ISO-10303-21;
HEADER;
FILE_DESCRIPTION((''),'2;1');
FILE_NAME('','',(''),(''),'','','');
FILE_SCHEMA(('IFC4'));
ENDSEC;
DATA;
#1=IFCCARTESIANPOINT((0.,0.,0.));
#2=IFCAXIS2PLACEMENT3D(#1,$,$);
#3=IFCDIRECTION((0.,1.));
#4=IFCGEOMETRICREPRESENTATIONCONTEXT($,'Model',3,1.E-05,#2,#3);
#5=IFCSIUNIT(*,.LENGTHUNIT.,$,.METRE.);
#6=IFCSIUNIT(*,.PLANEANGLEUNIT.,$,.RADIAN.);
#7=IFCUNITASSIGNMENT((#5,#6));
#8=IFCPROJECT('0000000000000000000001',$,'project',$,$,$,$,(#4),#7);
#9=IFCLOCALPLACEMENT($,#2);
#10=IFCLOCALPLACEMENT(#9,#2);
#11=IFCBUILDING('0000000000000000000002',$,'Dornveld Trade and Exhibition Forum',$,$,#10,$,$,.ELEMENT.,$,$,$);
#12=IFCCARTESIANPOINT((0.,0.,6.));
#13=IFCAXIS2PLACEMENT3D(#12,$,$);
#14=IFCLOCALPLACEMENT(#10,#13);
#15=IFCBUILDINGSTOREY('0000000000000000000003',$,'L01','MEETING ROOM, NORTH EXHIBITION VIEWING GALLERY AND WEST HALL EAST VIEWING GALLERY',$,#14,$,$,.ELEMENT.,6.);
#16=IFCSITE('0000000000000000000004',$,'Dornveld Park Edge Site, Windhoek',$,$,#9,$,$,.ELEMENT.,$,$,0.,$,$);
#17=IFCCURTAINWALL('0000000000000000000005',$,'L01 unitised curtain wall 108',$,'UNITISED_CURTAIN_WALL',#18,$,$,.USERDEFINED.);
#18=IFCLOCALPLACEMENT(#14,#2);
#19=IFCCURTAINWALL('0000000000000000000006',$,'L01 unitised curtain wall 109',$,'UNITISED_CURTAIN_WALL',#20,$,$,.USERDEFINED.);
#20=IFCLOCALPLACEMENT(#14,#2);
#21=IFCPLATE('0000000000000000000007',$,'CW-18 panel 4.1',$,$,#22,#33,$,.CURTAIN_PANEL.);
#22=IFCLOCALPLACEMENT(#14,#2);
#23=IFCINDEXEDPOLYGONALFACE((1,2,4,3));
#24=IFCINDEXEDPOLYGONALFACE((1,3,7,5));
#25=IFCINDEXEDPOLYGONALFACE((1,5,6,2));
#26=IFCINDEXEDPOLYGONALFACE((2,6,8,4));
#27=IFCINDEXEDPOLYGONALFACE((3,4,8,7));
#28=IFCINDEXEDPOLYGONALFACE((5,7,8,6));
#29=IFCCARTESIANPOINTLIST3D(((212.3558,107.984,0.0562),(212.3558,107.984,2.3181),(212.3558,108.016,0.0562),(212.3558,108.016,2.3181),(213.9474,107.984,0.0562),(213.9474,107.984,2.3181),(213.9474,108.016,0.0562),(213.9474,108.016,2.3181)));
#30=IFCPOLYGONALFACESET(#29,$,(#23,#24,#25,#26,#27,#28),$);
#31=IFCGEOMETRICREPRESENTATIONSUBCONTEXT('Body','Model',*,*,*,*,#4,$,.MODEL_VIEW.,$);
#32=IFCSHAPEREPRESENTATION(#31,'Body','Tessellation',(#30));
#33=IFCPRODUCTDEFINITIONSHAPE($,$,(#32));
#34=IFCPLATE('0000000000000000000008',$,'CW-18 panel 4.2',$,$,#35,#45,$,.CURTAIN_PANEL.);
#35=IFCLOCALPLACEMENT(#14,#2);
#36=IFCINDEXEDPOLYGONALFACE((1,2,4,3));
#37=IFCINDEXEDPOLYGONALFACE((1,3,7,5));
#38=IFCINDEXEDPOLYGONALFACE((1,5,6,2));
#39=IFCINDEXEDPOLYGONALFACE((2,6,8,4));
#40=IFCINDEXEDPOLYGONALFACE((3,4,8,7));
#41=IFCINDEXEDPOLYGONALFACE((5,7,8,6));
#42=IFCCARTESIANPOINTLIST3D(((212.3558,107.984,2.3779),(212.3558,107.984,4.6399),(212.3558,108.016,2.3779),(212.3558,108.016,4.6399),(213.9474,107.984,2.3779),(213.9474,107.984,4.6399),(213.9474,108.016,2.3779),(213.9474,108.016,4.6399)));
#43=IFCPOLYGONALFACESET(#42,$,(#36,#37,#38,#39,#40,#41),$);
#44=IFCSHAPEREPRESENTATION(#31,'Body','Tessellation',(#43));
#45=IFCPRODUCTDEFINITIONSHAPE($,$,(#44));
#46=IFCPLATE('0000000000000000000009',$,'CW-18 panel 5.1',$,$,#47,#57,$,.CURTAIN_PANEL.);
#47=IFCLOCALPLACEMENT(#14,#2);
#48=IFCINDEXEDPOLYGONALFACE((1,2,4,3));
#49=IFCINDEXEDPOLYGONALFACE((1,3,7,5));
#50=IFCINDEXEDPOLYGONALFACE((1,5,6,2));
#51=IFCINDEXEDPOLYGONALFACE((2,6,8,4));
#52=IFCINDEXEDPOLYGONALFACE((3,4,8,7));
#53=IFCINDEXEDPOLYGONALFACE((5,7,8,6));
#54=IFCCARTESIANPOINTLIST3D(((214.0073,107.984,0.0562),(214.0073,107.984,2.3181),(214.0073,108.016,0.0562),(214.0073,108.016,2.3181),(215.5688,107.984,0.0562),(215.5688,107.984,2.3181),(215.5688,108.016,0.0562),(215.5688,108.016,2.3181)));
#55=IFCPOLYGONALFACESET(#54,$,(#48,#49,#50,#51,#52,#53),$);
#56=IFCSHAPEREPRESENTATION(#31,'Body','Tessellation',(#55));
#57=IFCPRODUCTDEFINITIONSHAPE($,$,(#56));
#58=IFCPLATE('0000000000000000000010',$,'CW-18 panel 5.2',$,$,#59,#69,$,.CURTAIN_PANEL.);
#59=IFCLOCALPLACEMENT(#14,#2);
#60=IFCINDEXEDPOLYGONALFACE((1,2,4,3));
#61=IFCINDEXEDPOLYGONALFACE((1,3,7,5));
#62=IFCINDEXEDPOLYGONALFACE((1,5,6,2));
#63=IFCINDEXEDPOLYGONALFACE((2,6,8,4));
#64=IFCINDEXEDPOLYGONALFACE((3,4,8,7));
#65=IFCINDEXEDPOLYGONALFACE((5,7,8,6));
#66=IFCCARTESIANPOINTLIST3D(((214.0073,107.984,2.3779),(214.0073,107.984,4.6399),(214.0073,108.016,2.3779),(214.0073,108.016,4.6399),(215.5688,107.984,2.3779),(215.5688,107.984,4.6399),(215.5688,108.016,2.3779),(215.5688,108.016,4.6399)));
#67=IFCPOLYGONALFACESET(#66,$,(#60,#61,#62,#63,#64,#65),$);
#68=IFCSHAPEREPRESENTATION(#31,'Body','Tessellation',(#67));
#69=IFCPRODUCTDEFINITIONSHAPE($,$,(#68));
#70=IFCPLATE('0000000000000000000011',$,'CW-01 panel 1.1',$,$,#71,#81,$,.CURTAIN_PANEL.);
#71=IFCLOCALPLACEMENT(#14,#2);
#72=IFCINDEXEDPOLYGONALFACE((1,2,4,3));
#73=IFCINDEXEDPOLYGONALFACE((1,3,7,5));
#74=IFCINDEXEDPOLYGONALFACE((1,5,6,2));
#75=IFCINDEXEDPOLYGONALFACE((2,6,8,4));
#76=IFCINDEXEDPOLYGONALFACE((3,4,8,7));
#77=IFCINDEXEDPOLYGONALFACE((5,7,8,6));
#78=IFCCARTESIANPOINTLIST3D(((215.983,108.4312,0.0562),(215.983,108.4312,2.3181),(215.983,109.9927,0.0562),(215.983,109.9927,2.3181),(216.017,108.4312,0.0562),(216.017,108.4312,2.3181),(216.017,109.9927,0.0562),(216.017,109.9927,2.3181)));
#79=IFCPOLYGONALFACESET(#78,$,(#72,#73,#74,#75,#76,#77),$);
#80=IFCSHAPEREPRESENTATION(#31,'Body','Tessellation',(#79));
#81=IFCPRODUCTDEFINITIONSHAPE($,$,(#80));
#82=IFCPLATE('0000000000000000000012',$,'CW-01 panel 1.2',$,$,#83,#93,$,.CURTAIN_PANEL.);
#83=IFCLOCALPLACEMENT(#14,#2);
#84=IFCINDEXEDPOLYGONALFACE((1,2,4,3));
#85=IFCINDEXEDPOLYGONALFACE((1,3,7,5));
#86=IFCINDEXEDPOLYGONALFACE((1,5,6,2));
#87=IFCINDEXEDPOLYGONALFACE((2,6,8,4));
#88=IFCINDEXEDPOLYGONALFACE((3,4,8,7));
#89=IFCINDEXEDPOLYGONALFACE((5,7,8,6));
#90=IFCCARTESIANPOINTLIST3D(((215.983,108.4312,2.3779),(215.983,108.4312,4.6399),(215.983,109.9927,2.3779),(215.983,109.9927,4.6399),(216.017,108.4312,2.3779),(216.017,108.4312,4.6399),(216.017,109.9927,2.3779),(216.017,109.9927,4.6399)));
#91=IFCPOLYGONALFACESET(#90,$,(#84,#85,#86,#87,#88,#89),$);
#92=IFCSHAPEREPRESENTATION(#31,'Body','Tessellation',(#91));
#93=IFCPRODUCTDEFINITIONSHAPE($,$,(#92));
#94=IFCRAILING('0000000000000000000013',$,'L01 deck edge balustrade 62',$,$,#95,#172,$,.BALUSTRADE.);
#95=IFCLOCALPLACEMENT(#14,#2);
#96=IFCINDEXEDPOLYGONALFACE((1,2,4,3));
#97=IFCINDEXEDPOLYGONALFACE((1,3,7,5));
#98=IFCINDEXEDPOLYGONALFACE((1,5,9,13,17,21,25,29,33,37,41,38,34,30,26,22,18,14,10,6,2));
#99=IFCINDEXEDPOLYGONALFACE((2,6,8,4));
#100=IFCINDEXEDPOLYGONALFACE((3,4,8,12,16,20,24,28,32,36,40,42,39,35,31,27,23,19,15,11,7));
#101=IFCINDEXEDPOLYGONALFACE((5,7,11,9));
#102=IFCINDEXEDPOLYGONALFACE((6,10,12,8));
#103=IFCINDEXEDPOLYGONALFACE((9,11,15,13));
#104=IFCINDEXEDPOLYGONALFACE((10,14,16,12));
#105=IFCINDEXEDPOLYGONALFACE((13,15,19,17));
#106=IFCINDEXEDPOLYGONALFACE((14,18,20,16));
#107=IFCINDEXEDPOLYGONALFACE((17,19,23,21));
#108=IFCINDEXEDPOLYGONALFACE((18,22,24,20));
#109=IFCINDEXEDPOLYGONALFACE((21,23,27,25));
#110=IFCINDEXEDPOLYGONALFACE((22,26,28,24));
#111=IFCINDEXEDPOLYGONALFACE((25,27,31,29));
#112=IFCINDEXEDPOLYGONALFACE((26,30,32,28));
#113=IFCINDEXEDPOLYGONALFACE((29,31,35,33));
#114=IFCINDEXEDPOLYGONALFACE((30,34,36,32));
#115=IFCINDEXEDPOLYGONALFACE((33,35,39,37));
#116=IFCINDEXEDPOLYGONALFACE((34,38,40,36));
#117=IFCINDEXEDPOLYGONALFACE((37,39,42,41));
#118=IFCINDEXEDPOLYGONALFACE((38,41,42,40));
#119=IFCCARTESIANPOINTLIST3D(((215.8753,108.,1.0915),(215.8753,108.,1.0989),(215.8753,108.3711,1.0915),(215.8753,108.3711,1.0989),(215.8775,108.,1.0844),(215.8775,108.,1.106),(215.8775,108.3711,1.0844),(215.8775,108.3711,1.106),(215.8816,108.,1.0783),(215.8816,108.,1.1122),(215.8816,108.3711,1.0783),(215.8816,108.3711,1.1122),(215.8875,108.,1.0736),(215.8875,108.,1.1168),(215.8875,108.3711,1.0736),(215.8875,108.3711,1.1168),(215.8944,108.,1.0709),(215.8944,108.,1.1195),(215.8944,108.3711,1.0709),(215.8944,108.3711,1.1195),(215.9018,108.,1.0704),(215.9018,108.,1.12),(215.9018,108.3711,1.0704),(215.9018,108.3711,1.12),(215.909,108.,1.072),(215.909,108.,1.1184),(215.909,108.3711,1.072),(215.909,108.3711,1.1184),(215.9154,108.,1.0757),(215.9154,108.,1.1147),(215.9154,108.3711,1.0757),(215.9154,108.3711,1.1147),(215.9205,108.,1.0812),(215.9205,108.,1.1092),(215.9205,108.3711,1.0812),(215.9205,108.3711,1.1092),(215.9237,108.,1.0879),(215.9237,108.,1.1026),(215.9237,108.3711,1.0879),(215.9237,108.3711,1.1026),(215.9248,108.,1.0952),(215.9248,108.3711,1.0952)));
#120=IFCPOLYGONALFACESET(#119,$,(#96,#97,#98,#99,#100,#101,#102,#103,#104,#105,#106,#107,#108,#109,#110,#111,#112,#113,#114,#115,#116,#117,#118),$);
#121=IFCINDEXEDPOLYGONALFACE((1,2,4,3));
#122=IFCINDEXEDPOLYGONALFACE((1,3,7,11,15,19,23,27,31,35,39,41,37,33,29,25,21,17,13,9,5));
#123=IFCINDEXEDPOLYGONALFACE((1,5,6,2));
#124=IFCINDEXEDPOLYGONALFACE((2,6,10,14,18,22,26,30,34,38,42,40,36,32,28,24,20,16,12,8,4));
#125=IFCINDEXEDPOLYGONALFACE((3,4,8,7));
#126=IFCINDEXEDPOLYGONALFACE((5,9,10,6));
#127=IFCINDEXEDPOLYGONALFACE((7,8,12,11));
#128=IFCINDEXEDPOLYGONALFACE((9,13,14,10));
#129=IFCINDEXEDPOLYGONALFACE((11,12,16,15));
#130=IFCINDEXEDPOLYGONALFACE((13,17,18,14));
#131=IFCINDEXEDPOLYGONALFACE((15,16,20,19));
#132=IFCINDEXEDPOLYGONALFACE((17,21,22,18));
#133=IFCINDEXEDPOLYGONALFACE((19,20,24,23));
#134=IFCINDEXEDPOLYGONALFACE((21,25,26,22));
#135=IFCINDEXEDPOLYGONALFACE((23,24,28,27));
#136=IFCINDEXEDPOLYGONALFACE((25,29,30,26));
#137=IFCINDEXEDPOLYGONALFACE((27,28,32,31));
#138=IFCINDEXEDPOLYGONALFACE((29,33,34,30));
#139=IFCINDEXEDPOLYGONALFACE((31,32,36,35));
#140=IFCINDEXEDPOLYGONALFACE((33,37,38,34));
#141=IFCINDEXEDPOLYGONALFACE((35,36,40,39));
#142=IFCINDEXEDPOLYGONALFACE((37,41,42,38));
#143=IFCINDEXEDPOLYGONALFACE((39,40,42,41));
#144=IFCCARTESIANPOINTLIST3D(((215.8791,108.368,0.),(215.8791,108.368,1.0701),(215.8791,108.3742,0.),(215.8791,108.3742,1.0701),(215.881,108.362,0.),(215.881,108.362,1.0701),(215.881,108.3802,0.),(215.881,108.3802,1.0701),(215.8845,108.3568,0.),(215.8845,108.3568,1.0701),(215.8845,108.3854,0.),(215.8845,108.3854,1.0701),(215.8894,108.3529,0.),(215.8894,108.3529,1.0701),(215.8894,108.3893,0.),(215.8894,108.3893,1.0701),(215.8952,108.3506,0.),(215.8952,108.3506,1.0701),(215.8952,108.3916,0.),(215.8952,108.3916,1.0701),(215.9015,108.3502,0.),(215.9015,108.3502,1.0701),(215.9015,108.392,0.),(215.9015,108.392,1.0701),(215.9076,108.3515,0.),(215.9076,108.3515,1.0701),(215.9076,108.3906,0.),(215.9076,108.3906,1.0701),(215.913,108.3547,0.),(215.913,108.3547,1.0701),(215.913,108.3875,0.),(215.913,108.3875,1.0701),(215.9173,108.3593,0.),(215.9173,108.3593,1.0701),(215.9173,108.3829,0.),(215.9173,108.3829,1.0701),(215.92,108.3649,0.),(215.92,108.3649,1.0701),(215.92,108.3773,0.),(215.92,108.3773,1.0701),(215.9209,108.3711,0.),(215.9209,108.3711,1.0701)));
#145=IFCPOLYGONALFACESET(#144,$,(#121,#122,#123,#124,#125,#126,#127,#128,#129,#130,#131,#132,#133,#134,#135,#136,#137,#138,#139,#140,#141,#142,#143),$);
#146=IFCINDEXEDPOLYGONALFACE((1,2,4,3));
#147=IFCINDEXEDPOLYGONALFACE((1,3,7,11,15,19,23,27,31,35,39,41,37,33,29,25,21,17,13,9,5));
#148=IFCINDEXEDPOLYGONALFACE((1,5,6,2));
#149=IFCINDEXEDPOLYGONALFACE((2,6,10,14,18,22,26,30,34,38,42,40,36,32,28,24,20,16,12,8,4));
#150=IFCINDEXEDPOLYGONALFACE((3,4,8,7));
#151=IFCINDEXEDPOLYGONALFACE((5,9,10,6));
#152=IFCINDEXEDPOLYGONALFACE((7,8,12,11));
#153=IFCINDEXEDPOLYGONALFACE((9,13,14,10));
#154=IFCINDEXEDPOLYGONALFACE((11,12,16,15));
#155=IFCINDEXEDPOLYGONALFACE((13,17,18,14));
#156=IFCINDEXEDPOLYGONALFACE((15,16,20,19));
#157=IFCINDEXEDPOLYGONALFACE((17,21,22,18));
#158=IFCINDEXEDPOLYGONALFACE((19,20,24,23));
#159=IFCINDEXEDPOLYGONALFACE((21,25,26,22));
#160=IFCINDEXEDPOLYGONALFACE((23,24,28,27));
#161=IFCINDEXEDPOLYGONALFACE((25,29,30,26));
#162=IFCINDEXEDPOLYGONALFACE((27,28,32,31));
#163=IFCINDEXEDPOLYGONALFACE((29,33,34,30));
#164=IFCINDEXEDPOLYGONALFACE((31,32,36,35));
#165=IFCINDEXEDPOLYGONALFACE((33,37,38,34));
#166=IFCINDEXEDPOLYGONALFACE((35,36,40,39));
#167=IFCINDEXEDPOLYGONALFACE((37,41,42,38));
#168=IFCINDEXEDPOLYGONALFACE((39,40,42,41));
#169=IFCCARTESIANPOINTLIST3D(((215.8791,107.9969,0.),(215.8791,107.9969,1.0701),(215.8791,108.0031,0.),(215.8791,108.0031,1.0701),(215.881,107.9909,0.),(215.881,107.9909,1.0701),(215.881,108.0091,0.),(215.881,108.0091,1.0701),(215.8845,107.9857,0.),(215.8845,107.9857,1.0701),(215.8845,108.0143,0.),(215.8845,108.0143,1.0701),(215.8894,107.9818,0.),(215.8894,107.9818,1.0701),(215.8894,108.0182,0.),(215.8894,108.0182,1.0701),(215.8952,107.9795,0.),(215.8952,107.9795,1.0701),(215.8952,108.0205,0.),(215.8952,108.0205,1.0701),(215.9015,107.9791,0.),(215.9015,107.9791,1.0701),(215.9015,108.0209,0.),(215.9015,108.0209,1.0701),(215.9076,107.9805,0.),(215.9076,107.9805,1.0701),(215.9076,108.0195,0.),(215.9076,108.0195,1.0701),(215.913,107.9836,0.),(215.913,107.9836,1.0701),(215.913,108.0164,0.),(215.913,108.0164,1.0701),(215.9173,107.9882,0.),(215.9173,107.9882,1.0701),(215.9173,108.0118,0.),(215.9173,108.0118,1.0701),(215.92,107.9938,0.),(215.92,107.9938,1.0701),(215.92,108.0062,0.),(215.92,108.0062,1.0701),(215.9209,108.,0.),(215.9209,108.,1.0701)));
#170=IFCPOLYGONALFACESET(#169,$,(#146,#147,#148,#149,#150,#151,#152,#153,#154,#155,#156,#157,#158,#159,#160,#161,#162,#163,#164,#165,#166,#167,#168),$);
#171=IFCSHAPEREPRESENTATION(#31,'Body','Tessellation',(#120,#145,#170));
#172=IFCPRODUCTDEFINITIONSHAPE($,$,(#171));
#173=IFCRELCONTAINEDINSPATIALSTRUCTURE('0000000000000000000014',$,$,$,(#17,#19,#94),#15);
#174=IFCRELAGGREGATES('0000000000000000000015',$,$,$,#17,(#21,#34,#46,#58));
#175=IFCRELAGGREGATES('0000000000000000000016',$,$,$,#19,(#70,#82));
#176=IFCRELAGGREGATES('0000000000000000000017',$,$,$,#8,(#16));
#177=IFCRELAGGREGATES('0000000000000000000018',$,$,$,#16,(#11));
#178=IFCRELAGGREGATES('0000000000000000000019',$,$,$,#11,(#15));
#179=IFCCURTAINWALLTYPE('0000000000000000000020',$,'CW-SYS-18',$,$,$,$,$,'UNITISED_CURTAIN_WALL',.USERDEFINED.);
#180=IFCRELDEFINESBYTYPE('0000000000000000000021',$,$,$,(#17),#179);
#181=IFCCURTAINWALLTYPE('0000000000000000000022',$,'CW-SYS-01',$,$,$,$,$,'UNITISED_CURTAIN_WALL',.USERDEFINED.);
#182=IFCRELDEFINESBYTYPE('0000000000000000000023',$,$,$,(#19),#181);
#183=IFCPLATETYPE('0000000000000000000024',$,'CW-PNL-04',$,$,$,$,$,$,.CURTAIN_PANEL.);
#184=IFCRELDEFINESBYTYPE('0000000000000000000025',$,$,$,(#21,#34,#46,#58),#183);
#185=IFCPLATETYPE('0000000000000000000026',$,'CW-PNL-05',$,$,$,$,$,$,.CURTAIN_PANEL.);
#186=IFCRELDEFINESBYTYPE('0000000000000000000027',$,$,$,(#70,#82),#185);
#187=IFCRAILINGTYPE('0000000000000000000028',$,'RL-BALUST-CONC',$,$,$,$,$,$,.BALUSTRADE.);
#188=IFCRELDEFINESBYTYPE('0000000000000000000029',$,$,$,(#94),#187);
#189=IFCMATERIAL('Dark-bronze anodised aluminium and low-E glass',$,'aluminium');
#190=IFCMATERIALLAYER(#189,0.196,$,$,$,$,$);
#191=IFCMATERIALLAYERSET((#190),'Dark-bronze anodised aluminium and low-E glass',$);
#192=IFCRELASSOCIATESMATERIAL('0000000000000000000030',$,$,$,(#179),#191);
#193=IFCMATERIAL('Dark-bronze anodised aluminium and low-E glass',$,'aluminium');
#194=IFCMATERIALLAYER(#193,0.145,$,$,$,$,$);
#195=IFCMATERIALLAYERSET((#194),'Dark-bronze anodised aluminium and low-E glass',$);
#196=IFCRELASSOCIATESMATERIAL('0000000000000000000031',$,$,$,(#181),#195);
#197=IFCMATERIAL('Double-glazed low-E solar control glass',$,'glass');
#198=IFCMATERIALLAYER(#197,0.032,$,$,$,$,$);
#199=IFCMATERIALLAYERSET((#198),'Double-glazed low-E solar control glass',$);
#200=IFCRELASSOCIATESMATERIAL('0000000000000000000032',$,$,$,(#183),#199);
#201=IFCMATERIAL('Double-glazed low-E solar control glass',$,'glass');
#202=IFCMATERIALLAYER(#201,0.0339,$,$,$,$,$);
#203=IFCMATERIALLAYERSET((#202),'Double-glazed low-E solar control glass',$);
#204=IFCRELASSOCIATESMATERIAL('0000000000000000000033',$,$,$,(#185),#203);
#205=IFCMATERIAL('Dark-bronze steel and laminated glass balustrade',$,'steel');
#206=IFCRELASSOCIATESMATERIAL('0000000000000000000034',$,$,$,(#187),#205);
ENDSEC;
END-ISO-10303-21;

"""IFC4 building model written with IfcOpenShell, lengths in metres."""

from ifc_helpers import new_model, si_unit, direction, frame, origin, origin_2d, place, context, subcontext, project, spatial, rectangle, circle, extrude, material, layer, layer_set, type_object, element, aggregate, save


model = new_model("IFC4")

# Units and contexts
model_context = context("Model", 3, precision=1e-05, world=origin(), true_north=direction((0.0, 1.0)))
body_context = subcontext(model_context, "Body", "Model", "MODEL_VIEW")
ifc_project = project(units=[si_unit("LENGTHUNIT", "METRE"), si_unit("PLANEANGLEUNIT", "RADIAN")], contexts=[model_context])

# Site, building, storey
site_placement = place(None, origin())
site = spatial("IfcSite", under=ifc_project, at=site_placement, Name="Dornveld Park Edge Site, Windhoek", CompositionType="ELEMENT", RefElevation=0.0)
building_placement = place(site_placement, origin())
building = spatial("IfcBuilding", under=site, at=building_placement, Name="Dornveld Trade and Exhibition Forum", CompositionType="ELEMENT")
storey_placement = place(building_placement, frame((0.0, 0.0, 6.0)))
storey = spatial("IfcBuildingStorey", under=building, at=storey_placement, Name="L01", Description="MEETING ROOM, NORTH EXHIBITION VIEWING GALLERY AND WEST HALL EAST VIEWING GALLERY", CompositionType="ELEMENT", Elevation=6.0)

# Curtain wall
ifc_material_1 = material(Name="Dark-bronze anodised aluminium and low-E glass", Category="aluminium")
ifc_layer_1 = layer(ifc_material_1, 0.196)
ifc_layer_set_1 = layer_set([ifc_layer_1], Name="Dark-bronze anodised aluminium and low-E glass")
curtain_wall_type_1 = type_object("IfcCurtainWallType", Name="CW-SYS-18", ElementType="UNITISED_CURTAIN_WALL", PredefinedType="USERDEFINED", material=ifc_layer_set_1)
curtain_wall_1_placement = place(storey_placement, origin())
curtain_wall_1 = element("IfcCurtainWall", 1, at=curtain_wall_1_placement, inside=storey, type_object=curtain_wall_type_1, Name="L01 unitised curtain wall 108", ObjectType="UNITISED_CURTAIN_WALL", PredefinedType="USERDEFINED")

# Curtain wall
ifc_material_2 = material(Name="Dark-bronze anodised aluminium and low-E glass", Category="aluminium")
ifc_layer_2 = layer(ifc_material_2, 0.145)
ifc_layer_set_2 = layer_set([ifc_layer_2], Name="Dark-bronze anodised aluminium and low-E glass")
curtain_wall_type_2 = type_object("IfcCurtainWallType", Name="CW-SYS-01", ElementType="UNITISED_CURTAIN_WALL", PredefinedType="USERDEFINED", material=ifc_layer_set_2)
curtain_wall_2_placement = place(storey_placement, origin())
curtain_wall_2 = element("IfcCurtainWall", 2, at=curtain_wall_2_placement, inside=storey, type_object=curtain_wall_type_2, Name="L01 unitised curtain wall 109", ObjectType="UNITISED_CURTAIN_WALL", PredefinedType="USERDEFINED")

# Plates
ifc_material_3 = material(Name="Double-glazed low-E solar control glass", Category="glass")
ifc_layer_3 = layer(ifc_material_3, 0.032)
ifc_layer_set_3 = layer_set([ifc_layer_3], Name="Double-glazed low-E solar control glass")
plate_type_1 = type_object("IfcPlateType", Name="CW-PNL-04", PredefinedType="CURTAIN_PANEL", material=ifc_layer_set_3)
plate_1_placement = place(storey_placement, frame((213.1516, 108.0, 0.0562), z_axis=(0.0, 0.0, 1.0), x_axis=(1.0, 0.0, 0.0)))
plate_1 = element("IfcPlate", 3, at=plate_1_placement, type_object=plate_type_1, Name="CW-18 panel 4.1", PredefinedType="CURTAIN_PANEL", context=body_context, shape_type="SweptSolid", body=[
    extrude(rectangle(XDim=1.5916, YDim=0.032, at=origin_2d()), origin(), (0.0, 0.0, 1.0), 2.262),
])
plate_2_placement = place(storey_placement, frame((213.1516, 108.0, 2.3779), z_axis=(0.0, 0.0, 1.0), x_axis=(1.0, 0.0, 0.0)))
plate_2 = element("IfcPlate", 4, at=plate_2_placement, type_object=plate_type_1, Name="CW-18 panel 4.2", PredefinedType="CURTAIN_PANEL", context=body_context, shape_type="SweptSolid", body=[
    extrude(rectangle(XDim=1.5916, YDim=0.032, at=origin_2d()), origin(), (0.0, 0.0, 1.0), 2.262),
])
plate_3_placement = place(storey_placement, frame((214.7881, 108.0, 0.0562), z_axis=(0.0, 0.0, 1.0), x_axis=(1.0, 0.0, 0.0)))
plate_3 = element("IfcPlate", 5, at=plate_3_placement, type_object=plate_type_1, Name="CW-18 panel 5.1", PredefinedType="CURTAIN_PANEL", context=body_context, shape_type="SweptSolid", body=[
    extrude(rectangle(XDim=1.5615, YDim=0.032, at=origin_2d()), origin(), (0.0, 0.0, 1.0), 2.262),
])
plate_4_placement = place(storey_placement, frame((214.7881, 108.0, 2.3779), z_axis=(0.0, 0.0, 1.0), x_axis=(1.0, 0.0, 0.0)))
plate_4 = element("IfcPlate", 6, at=plate_4_placement, type_object=plate_type_1, Name="CW-18 panel 5.2", PredefinedType="CURTAIN_PANEL", context=body_context, shape_type="SweptSolid", body=[
    extrude(rectangle(XDim=1.5615, YDim=0.032, at=origin_2d()), origin(), (0.0, 0.0, 1.0), 2.262),
])
aggregate(curtain_wall_1, [plate_1, plate_2, plate_3, plate_4])
ifc_material_4 = material(Name="Double-glazed low-E solar control glass", Category="glass")
ifc_layer_4 = layer(ifc_material_4, 0.0339)
ifc_layer_set_4 = layer_set([ifc_layer_4], Name="Double-glazed low-E solar control glass")
plate_type_2 = type_object("IfcPlateType", Name="CW-PNL-05", PredefinedType="CURTAIN_PANEL", material=ifc_layer_set_4)
plate_5_placement = place(storey_placement, frame((216.0, 109.2119, 0.0562), z_axis=(0.0, 0.0, 1.0), x_axis=(0.0, 1.0, 0.0)))
plate_5 = element("IfcPlate", 7, at=plate_5_placement, type_object=plate_type_2, Name="CW-01 panel 1.1", PredefinedType="CURTAIN_PANEL", context=body_context, shape_type="SweptSolid", body=[
    extrude(rectangle(XDim=1.5615, YDim=0.0339, at=origin_2d()), origin(), (0.0, 0.0, 1.0), 2.262),
])
plate_6_placement = place(storey_placement, frame((216.0, 109.2119, 2.3779), z_axis=(0.0, 0.0, 1.0), x_axis=(0.0, 1.0, 0.0)))
plate_6 = element("IfcPlate", 8, at=plate_6_placement, type_object=plate_type_2, Name="CW-01 panel 1.2", PredefinedType="CURTAIN_PANEL", context=body_context, shape_type="SweptSolid", body=[
    extrude(rectangle(XDim=1.5615, YDim=0.0339, at=origin_2d()), origin(), (0.0, 0.0, 1.0), 2.262),
])
aggregate(curtain_wall_2, [plate_5, plate_6])

# Railing
ifc_material_5 = material(Name="Dark-bronze steel and laminated glass balustrade", Category="steel")
railing_type = type_object("IfcRailingType", Name="RL-BALUST-CONC", PredefinedType="BALUSTRADE", material=ifc_material_5)
railing_1_placement = place(storey_placement, frame((215.8999, 108.3711, 0.0)))
element("IfcRailing", 9, at=railing_1_placement, inside=storey, type_object=railing_type, Name="L01 deck edge balustrade 62", PredefinedType="BALUSTRADE", context=body_context, shape_type="SweptSolid", body=[
    extrude(circle(Radius=0.0249, at=origin_2d()), frame((0.0, 0.0, 1.0952), z_axis=(0.0, -1.0, 0.0), x_axis=(1.0, 0.0, 0.0)), (0.0, 0.0, 1.0), 0.3711),
    extrude(circle(Radius=0.021, at=origin_2d()), origin(), (0.0, 0.0, 1.0), 1.0701),
    extrude(circle(Radius=0.021, at=origin_2d()), frame((0.0, -0.3711, 0.0)), (0.0, 0.0, 1.0), 1.0701),
])

save(model, "model.ifc")
